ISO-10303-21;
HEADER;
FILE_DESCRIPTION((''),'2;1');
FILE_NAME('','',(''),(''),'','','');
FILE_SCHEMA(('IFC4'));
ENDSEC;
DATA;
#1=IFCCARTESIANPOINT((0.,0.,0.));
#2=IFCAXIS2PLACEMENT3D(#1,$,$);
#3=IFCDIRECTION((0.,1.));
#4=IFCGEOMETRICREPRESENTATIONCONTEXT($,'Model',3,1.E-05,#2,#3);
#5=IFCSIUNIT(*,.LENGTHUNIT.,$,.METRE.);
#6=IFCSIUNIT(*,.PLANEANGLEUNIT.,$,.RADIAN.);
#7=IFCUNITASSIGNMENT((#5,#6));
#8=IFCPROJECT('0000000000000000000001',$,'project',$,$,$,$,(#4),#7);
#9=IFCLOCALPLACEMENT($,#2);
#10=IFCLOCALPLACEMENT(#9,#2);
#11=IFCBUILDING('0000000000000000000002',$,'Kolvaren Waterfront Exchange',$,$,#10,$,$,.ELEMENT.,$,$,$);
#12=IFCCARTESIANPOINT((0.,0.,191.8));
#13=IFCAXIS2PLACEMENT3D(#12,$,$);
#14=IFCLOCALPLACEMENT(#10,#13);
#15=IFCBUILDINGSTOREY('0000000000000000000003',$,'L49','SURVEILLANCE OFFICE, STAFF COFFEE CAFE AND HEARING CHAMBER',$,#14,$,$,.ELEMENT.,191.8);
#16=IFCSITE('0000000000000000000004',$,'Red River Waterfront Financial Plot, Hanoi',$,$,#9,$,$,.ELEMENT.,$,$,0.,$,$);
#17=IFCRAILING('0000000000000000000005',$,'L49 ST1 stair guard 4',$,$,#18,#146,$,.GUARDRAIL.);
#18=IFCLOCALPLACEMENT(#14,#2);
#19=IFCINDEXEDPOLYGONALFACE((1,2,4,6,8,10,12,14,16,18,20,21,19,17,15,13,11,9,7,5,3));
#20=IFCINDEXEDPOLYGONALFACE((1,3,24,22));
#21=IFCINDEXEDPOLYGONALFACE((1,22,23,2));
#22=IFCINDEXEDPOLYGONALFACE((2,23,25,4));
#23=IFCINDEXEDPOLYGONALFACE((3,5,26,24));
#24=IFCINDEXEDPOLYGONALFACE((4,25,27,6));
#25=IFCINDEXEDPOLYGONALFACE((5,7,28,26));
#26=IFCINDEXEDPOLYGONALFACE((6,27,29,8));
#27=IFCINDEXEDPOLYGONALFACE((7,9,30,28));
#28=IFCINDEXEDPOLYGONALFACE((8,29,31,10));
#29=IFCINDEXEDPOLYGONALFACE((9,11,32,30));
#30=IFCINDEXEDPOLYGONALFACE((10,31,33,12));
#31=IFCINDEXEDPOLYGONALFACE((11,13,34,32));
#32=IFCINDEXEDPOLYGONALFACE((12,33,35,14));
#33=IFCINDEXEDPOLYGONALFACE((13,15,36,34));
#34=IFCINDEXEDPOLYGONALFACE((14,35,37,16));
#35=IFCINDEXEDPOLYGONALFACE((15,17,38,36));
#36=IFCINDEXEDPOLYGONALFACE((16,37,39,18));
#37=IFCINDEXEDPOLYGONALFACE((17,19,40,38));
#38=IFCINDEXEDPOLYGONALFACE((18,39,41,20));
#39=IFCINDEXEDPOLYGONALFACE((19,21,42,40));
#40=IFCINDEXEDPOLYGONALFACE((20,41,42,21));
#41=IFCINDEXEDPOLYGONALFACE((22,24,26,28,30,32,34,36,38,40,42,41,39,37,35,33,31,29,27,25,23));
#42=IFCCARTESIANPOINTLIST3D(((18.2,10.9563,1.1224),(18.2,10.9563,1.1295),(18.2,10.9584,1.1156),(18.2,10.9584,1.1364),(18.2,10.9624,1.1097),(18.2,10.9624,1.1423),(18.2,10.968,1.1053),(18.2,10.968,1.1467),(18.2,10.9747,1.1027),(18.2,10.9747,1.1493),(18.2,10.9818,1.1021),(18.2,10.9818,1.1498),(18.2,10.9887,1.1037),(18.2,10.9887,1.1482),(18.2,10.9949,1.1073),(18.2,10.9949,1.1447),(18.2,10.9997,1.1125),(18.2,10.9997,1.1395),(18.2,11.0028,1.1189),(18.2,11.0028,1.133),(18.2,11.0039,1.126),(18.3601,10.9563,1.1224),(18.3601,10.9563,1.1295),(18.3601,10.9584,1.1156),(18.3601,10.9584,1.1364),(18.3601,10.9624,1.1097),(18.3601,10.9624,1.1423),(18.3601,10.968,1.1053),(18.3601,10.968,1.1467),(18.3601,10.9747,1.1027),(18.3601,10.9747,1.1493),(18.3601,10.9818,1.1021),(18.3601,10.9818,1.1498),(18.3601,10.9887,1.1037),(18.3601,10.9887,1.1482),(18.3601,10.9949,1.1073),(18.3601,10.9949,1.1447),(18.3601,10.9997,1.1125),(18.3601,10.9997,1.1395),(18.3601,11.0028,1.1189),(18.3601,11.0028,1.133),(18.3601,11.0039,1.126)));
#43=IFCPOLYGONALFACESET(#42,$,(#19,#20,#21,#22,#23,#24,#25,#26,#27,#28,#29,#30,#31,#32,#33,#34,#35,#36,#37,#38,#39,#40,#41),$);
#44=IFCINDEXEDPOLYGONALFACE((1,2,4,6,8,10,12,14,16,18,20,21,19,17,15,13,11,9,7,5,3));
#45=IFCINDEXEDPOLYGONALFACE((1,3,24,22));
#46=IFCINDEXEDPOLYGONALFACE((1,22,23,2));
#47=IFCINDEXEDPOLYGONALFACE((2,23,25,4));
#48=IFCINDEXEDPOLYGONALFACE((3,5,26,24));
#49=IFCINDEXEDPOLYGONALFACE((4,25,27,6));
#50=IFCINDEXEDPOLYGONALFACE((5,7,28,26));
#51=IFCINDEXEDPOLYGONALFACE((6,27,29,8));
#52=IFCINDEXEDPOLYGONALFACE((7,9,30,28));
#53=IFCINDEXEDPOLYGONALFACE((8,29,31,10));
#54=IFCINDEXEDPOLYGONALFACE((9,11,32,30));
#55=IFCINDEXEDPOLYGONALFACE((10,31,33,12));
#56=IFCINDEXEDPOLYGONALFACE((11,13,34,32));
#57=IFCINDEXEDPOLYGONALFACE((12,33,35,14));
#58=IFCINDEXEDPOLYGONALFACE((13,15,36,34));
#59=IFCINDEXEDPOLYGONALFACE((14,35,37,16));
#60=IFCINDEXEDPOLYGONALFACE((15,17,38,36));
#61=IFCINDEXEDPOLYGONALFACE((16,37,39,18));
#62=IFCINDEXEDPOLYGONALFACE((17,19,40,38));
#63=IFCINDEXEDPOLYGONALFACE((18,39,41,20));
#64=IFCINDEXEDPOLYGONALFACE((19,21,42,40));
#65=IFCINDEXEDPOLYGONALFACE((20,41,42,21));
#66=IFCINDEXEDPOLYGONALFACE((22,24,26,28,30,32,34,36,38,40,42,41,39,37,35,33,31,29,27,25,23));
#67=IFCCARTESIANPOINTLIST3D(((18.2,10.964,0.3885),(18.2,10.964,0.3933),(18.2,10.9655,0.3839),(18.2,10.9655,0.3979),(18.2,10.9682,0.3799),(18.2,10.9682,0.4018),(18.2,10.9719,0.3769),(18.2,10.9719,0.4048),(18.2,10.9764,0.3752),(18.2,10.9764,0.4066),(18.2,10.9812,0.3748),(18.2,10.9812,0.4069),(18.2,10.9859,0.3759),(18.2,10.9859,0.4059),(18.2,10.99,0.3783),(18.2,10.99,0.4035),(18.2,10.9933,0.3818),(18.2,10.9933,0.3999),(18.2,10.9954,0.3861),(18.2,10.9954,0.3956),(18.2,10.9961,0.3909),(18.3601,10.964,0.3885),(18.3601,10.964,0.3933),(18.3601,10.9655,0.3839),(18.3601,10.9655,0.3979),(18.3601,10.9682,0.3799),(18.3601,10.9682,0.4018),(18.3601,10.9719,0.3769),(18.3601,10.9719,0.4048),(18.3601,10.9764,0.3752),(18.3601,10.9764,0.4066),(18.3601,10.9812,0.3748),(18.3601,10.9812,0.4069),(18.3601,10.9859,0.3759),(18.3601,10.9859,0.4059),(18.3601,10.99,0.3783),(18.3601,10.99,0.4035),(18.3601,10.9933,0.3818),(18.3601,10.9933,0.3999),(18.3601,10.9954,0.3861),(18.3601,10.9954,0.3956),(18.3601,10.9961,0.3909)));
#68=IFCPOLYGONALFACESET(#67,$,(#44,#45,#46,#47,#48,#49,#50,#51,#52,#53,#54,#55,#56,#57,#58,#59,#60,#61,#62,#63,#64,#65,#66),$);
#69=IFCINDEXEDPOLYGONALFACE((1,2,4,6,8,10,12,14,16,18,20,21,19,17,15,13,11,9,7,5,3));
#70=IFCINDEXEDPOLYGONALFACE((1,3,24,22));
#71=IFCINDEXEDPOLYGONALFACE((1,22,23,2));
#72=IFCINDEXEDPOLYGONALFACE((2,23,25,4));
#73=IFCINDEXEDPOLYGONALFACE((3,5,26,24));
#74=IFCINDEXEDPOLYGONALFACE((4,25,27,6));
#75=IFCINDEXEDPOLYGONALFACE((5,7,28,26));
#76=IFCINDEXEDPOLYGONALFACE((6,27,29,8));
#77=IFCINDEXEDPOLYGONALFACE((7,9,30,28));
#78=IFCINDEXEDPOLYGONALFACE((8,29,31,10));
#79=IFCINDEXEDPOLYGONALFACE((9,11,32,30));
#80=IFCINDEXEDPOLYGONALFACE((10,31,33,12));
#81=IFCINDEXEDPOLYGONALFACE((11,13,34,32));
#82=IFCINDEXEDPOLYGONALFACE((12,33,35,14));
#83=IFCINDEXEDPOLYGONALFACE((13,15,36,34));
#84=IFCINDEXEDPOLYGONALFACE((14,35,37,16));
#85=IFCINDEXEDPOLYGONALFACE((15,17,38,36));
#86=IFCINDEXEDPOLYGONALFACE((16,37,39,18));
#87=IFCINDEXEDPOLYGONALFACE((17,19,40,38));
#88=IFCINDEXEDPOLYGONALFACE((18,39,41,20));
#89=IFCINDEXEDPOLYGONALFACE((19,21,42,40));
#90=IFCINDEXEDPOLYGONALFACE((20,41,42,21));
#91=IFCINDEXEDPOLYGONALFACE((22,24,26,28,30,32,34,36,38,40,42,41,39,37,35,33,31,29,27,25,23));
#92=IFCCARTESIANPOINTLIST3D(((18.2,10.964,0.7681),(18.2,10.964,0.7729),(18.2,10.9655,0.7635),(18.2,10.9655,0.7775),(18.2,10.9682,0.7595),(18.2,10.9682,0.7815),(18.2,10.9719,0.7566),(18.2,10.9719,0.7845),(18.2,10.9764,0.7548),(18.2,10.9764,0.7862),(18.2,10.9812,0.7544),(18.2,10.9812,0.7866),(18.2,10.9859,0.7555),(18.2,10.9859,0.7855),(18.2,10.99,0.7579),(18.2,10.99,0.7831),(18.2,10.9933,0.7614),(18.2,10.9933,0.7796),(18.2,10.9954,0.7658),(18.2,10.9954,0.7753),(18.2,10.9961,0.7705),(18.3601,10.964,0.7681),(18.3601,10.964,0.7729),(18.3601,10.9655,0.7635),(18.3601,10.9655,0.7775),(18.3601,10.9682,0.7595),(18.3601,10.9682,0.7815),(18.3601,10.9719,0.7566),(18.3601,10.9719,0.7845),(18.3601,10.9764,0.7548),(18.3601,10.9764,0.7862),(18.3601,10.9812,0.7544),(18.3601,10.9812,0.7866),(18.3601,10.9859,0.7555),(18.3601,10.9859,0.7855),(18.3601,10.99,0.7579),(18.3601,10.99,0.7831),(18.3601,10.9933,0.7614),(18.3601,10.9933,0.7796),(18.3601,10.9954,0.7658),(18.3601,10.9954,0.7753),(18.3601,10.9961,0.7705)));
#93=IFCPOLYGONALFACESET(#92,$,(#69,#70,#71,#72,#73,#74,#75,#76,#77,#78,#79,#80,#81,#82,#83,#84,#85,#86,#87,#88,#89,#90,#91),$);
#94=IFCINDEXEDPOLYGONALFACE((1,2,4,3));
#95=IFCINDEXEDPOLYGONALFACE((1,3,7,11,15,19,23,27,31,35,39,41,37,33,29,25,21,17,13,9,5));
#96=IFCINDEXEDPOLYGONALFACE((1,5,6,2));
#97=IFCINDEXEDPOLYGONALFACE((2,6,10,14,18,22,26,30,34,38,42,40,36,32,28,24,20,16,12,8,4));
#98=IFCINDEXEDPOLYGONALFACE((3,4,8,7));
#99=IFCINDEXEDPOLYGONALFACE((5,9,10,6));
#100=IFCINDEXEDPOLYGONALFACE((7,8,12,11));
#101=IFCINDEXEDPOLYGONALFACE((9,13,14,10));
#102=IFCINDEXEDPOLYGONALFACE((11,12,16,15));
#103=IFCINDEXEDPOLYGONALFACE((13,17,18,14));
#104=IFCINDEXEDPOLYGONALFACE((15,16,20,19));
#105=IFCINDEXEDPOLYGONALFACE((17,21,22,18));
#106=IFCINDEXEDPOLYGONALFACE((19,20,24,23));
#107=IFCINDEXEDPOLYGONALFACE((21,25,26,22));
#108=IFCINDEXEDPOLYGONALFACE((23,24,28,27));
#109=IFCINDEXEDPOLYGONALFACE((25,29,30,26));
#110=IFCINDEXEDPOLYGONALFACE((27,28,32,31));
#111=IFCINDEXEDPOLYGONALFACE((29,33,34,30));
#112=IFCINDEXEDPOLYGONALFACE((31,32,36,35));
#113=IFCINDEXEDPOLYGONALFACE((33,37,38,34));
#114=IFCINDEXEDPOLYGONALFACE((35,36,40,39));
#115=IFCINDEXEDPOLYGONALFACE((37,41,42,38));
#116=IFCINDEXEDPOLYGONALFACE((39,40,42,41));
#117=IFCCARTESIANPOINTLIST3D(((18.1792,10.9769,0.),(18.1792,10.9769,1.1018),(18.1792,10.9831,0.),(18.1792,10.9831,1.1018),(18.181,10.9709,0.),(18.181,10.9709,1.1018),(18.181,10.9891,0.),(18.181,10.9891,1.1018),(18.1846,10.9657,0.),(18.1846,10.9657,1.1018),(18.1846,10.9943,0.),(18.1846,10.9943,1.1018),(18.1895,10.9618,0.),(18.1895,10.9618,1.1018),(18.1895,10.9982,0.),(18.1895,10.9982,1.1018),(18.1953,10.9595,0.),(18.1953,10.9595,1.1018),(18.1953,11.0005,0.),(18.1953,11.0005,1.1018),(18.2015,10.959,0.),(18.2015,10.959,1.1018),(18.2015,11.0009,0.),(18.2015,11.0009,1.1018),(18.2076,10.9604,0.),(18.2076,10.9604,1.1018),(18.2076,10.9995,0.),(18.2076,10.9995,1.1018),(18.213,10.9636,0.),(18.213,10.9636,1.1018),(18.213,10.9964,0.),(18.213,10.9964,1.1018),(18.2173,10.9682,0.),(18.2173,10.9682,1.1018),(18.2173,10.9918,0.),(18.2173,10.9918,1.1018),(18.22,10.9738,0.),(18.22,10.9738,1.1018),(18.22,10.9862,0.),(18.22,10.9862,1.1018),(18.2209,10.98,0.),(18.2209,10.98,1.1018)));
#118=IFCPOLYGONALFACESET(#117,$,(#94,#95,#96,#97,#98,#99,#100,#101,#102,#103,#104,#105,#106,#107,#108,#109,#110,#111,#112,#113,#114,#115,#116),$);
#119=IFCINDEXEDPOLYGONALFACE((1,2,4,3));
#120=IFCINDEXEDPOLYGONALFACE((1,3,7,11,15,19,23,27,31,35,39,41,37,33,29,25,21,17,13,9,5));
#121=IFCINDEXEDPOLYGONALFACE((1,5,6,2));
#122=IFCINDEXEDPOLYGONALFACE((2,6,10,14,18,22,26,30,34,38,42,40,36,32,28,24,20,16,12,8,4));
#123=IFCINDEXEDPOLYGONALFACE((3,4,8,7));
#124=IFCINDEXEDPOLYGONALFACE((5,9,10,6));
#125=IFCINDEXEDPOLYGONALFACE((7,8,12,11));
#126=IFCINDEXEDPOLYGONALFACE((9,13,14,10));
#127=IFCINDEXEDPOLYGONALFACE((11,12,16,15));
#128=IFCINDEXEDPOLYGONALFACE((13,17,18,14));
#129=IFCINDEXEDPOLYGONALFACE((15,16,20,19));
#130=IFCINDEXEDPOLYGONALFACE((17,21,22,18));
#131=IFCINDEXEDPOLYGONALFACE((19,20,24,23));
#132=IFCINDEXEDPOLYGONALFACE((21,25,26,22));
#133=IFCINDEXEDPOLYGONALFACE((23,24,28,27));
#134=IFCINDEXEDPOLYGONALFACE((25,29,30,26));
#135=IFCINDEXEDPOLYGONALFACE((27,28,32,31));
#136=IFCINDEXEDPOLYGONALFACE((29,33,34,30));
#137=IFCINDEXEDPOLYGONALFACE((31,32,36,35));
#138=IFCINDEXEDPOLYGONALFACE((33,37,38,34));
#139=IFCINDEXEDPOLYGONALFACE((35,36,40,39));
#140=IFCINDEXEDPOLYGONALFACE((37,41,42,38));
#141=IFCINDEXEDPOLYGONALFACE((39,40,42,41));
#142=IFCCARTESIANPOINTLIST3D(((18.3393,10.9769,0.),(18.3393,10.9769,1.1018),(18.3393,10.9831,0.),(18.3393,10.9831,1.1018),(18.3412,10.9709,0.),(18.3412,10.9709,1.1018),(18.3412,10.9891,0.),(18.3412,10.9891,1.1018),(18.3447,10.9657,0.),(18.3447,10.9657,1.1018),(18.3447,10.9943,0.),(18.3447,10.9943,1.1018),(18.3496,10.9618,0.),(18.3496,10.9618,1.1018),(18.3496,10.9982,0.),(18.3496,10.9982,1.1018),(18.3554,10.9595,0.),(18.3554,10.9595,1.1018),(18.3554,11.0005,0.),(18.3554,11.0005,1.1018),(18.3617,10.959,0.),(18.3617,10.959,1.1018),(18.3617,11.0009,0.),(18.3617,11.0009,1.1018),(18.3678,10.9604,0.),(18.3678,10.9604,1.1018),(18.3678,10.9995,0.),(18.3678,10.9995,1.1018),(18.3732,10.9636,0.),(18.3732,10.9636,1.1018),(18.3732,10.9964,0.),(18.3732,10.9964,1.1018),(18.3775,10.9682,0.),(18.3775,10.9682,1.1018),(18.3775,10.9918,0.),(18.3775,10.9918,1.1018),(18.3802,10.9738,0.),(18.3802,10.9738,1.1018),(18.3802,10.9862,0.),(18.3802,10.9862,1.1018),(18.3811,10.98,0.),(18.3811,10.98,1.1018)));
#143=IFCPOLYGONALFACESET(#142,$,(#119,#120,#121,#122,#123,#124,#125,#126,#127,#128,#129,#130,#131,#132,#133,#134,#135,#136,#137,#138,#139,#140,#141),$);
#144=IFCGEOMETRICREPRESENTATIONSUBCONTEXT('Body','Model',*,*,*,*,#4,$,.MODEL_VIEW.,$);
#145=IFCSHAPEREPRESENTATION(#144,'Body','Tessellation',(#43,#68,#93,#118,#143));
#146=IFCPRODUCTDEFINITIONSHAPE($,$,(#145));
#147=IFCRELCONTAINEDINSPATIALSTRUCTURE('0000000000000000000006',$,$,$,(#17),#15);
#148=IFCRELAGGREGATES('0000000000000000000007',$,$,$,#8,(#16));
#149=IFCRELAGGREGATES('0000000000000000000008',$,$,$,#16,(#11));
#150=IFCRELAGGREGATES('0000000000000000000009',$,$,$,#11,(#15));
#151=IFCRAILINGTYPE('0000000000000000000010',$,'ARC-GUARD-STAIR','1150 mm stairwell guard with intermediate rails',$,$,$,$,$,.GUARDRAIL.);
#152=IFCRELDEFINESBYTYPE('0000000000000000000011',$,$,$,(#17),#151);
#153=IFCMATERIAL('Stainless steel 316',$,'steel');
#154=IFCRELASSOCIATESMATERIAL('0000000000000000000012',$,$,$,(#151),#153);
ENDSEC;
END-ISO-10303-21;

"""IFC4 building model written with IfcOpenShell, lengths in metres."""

from ifc_helpers import new_model, si_unit, direction, frame, origin, origin_2d, place, context, subcontext, project, spatial, circle, extrude, material, type_object, element, save


model = new_model("IFC4")

# Units and contexts
model_context = context("Model", 3, precision=1e-05, world=origin(), true_north=direction((0.0, 1.0)))
body_context = subcontext(model_context, "Body", "Model", "MODEL_VIEW")
ifc_project = project(units=[si_unit("LENGTHUNIT", "METRE"), si_unit("PLANEANGLEUNIT", "RADIAN")], contexts=[model_context])

# Site, building, storey
site_placement = place(None, origin())
site = spatial("IfcSite", under=ifc_project, at=site_placement, Name="Red River Waterfront Financial Plot, Hanoi", CompositionType="ELEMENT", RefElevation=0.0)
building_placement = place(site_placement, origin())
building = spatial("IfcBuilding", under=site, at=building_placement, Name="Kolvaren Waterfront Exchange", CompositionType="ELEMENT")
storey_placement = place(building_placement, frame((0.0, 0.0, 191.8)))
storey = spatial("IfcBuildingStorey", under=building, at=storey_placement, Name="L49", Description="SURVEILLANCE OFFICE, STAFF COFFEE CAFE AND HEARING CHAMBER", CompositionType="ELEMENT", Elevation=191.8)

# Railing
ifc_material_1 = material(Name="Stainless steel 316", Category="steel")
railing_type_1 = type_object("IfcRailingType", Name="ARC-GUARD-STAIR", Description="1150 mm stairwell guard with intermediate rails", PredefinedType="GUARDRAIL", material=ifc_material_1)
railing_1_placement = place(storey_placement, frame((18.2, 10.98, 0.0)))
element("IfcRailing", 1, at=railing_1_placement, inside=storey, type_object=railing_type_1, Name="L49 ST1 stair guard 4", PredefinedType="GUARDRAIL", context=body_context, shape_type="SweptSolid", body=[
    extrude(circle(Radius=0.0239, at=origin_2d()), frame((0.0, 0.0, 1.126), z_axis=(1.0, 0.0, 0.0), x_axis=(0.0, 1.0, 0.0)), (0.0, 0.0, 1.0), 0.1602),
    extrude(circle(Radius=0.0161, at=origin_2d()), frame((0.0, 0.0, 0.3909), z_axis=(1.0, 0.0, 0.0), x_axis=(0.0, 1.0, 0.0)), (0.0, 0.0, 1.0), 0.1602),
    extrude(circle(Radius=0.0161, at=origin_2d()), frame((0.0, 0.0, 0.7705), z_axis=(1.0, 0.0, 0.0), x_axis=(0.0, 1.0, 0.0)), (0.0, 0.0, 1.0), 0.1602),
    extrude(circle(Radius=0.021, at=origin_2d()), origin(), (0.0, 0.0, 1.0), 1.1018),
    extrude(circle(Radius=0.021, at=origin_2d()), frame((0.1602, 0.0, 0.0)), (0.0, 0.0, 1.0), 1.1018),
])

save(model, "model.ifc")
